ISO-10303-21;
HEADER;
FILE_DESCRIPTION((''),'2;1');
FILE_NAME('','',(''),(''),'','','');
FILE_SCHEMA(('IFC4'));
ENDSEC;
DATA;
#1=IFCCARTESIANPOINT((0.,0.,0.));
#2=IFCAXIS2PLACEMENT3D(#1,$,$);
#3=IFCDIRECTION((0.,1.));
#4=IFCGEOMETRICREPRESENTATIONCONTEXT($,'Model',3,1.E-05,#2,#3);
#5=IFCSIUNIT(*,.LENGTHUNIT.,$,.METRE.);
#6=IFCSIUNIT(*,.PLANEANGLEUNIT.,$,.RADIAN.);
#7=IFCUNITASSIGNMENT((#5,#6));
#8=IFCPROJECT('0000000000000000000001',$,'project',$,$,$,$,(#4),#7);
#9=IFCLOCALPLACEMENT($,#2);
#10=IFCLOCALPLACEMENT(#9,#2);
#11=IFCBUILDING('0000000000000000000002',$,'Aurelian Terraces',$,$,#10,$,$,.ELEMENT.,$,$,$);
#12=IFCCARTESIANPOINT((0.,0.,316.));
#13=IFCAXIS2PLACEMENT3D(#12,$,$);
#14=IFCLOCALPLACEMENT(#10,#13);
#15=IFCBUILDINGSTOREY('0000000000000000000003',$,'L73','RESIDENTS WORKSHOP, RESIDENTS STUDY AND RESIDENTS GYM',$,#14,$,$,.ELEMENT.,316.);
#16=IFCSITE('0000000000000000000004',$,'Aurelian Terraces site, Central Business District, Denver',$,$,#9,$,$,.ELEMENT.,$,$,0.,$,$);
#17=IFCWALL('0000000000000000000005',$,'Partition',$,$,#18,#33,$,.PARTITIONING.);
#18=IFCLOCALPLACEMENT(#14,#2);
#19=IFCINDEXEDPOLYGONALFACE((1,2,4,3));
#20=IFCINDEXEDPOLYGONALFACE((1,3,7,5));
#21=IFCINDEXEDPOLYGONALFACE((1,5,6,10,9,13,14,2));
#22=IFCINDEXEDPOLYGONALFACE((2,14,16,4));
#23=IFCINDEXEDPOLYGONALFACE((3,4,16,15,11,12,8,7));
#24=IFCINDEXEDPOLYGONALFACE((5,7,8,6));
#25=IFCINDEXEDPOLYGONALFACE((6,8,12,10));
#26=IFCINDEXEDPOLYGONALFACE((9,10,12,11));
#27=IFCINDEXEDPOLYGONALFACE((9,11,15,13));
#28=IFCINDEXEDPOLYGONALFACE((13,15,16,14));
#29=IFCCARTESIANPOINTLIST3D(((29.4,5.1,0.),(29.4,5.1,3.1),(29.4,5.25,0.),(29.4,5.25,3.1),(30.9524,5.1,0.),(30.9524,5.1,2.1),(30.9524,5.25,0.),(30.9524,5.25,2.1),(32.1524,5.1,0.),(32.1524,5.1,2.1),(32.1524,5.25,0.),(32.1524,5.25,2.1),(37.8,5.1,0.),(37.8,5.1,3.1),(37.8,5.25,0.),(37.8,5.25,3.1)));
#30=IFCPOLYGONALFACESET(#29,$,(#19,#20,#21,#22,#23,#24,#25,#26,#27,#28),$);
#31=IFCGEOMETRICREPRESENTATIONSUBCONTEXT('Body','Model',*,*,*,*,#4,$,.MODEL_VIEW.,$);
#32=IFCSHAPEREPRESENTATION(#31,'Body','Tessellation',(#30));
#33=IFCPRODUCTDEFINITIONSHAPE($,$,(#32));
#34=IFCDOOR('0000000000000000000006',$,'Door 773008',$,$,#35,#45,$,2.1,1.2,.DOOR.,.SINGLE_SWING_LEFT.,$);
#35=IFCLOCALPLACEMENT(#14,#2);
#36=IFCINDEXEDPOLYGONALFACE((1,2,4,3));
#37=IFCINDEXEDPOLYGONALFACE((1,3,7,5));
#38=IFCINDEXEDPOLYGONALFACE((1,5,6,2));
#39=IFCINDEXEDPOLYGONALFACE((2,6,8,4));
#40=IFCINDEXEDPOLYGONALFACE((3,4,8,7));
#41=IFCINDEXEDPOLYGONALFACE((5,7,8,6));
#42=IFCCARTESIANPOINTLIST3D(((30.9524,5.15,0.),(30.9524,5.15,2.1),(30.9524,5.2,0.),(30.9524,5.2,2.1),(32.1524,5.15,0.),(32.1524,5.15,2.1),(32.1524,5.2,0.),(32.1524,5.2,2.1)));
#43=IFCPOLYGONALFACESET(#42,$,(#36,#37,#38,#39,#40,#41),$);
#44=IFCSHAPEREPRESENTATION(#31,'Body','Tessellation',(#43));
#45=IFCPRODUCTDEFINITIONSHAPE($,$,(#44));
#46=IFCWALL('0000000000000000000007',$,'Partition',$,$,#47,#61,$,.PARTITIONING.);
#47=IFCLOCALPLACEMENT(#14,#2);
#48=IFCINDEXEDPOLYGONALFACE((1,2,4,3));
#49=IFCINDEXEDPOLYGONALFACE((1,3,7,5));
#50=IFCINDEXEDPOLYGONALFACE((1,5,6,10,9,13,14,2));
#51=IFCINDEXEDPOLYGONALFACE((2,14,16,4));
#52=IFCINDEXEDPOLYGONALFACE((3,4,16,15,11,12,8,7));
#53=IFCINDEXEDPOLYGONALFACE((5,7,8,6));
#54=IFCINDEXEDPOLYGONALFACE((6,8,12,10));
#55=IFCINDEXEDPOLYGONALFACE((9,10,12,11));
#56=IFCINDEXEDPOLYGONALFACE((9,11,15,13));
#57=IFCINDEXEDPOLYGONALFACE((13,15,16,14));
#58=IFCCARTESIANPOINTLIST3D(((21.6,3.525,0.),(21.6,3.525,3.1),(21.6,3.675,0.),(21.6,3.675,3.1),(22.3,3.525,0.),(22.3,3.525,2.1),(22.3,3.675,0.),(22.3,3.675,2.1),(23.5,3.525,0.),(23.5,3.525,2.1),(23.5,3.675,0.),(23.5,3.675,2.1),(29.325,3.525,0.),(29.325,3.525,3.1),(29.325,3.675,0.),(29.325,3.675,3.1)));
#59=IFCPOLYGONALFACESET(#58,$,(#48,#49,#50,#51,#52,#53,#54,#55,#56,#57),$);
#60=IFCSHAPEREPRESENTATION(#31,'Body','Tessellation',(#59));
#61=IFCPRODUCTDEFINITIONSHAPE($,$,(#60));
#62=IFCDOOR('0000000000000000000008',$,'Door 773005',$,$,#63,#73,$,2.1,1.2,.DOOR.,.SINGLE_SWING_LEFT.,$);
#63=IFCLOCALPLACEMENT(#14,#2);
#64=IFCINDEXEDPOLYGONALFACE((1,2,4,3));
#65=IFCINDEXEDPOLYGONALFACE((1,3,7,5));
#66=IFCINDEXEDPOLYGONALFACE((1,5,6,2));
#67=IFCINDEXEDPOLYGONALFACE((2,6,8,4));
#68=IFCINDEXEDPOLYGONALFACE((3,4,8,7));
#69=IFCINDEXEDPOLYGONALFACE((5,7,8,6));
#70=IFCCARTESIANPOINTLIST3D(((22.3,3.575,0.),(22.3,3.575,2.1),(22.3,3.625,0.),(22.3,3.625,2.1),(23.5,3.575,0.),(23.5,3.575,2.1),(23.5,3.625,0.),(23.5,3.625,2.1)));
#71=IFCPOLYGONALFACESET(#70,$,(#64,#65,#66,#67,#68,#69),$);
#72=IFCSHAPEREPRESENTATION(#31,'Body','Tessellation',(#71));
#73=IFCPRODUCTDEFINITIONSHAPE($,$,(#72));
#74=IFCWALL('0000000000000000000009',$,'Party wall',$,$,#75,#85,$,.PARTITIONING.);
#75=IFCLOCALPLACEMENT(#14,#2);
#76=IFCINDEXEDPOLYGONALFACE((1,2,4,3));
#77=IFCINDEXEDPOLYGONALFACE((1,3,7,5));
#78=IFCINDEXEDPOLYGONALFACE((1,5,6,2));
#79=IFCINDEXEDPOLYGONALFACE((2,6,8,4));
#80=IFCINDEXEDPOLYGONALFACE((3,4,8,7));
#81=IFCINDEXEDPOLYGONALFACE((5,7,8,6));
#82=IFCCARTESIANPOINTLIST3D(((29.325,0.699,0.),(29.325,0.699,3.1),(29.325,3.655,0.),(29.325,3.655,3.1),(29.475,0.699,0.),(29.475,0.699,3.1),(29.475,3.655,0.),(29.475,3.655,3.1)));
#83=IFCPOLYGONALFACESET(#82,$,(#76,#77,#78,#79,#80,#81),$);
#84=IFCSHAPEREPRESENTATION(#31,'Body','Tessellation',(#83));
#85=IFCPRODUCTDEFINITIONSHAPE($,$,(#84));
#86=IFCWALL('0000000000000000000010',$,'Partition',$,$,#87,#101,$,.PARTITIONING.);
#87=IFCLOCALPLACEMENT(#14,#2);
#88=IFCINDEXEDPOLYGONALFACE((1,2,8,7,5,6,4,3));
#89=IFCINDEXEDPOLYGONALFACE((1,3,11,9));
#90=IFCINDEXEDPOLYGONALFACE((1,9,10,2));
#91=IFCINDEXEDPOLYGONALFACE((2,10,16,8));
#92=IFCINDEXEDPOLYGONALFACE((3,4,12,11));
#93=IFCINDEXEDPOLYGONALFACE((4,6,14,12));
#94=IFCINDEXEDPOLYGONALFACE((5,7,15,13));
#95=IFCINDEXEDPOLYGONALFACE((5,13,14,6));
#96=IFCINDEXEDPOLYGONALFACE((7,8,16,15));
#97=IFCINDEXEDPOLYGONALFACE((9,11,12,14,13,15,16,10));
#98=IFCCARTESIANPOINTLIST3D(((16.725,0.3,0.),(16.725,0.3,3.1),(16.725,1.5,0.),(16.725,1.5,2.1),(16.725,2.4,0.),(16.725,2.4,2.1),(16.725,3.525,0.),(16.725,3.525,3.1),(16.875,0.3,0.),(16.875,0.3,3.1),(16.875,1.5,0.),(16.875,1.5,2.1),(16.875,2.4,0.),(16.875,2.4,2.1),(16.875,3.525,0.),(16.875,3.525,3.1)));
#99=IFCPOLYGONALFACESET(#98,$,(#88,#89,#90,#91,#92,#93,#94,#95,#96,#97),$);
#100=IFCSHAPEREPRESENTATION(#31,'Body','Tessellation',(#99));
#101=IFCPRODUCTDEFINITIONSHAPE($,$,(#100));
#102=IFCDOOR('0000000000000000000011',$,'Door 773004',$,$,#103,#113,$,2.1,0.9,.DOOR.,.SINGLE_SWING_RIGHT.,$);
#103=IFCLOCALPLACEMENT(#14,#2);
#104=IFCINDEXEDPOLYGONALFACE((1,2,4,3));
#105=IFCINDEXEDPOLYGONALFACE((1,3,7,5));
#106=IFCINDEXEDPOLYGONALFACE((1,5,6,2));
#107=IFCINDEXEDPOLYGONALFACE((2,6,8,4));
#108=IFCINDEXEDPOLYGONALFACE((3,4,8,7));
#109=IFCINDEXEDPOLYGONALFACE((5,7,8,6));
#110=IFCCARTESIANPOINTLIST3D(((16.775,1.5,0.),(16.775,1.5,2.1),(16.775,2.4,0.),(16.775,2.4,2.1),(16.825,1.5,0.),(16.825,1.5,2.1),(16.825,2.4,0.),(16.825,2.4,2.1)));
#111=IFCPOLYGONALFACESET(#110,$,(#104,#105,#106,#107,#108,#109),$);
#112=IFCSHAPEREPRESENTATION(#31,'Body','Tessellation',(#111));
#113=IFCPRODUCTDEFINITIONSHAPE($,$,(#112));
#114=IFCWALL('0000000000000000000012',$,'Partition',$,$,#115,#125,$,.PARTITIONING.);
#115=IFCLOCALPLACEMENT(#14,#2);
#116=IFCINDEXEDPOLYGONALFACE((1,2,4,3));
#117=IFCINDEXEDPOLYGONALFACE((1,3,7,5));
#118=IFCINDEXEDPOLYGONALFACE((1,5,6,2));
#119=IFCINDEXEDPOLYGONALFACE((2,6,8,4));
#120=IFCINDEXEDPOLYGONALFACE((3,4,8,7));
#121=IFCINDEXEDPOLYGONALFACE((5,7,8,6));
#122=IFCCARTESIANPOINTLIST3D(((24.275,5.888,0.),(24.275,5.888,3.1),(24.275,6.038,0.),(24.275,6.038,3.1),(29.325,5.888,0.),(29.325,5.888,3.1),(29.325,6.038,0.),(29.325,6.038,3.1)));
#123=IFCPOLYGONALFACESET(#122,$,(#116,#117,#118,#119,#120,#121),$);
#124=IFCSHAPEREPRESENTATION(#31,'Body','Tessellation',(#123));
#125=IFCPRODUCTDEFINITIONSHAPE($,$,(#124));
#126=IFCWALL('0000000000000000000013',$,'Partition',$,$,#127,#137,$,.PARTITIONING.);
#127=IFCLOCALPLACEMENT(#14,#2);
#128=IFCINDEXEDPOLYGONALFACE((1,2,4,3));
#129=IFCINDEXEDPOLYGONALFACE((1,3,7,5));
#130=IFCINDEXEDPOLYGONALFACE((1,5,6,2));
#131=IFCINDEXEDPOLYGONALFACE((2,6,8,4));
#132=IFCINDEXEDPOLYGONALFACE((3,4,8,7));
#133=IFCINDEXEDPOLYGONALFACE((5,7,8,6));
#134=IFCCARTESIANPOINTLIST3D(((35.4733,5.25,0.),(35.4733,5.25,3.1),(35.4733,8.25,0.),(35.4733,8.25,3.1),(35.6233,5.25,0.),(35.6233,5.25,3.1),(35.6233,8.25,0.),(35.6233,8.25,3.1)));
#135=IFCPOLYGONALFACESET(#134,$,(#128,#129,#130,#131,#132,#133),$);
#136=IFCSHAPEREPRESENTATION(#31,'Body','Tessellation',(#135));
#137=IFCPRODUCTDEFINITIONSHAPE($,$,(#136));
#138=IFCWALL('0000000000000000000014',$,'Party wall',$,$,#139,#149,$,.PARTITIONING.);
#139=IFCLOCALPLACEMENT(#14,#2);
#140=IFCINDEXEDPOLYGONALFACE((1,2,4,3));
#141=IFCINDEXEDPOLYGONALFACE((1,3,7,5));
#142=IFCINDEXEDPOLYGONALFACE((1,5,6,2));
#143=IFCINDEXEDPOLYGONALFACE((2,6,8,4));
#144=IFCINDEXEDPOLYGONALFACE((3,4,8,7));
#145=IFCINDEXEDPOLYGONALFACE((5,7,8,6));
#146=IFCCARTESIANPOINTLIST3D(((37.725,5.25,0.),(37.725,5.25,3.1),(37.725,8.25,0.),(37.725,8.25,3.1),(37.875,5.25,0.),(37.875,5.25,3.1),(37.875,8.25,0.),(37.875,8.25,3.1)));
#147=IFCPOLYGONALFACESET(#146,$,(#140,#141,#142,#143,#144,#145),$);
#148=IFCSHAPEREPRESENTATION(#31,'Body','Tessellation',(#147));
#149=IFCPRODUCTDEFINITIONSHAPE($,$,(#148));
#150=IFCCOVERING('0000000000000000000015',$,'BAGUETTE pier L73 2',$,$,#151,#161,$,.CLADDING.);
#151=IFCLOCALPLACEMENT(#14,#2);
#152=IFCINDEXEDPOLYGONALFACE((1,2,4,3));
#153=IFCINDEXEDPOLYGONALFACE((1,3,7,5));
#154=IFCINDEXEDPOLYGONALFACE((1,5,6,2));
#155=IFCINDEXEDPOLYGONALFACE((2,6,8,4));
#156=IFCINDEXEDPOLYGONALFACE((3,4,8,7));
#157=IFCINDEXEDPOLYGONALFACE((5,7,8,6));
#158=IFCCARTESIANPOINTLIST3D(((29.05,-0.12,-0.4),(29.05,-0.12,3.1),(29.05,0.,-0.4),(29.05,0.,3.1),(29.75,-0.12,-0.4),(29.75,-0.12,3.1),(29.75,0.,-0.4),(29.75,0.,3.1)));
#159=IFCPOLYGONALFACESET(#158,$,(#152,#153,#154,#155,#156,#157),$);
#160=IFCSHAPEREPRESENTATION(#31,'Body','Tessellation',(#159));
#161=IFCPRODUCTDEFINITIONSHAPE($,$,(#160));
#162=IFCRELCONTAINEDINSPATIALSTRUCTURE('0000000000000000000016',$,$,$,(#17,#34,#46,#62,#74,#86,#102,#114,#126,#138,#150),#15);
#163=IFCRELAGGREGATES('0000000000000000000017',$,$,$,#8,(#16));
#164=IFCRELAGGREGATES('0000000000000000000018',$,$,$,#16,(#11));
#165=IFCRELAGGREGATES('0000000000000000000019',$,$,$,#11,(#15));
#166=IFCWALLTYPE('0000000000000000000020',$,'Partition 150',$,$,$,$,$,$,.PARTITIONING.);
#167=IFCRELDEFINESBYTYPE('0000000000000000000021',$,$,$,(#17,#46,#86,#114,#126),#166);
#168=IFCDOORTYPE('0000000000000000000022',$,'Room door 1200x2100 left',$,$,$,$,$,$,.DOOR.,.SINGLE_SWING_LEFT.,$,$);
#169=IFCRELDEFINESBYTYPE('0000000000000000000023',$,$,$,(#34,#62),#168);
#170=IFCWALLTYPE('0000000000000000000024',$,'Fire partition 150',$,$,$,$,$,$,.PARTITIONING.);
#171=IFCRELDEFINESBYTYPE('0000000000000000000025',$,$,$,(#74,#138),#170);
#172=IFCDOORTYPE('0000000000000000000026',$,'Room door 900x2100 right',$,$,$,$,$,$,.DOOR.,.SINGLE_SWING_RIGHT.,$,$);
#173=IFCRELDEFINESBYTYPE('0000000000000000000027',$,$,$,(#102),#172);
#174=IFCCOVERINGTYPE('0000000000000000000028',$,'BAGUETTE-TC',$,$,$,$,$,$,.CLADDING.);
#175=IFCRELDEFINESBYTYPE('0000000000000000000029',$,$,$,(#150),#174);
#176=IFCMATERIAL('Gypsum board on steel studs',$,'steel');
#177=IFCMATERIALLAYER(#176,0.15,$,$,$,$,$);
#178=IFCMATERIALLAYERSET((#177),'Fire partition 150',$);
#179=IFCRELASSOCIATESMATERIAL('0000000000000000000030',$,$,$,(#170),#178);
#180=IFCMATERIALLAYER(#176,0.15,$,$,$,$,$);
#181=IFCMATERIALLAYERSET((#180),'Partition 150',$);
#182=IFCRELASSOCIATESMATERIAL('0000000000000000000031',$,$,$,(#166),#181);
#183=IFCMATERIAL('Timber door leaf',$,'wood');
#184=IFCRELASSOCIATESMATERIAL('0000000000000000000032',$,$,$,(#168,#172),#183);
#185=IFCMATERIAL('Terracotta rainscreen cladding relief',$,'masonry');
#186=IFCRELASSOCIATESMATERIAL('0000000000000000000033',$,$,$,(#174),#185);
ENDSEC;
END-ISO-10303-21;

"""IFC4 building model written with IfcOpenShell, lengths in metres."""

from ifc_helpers import new_model, si_unit, direction, frame, frame_2d, origin, origin_2d, place, context, subcontext, project, spatial, rectangle, extrude, source, transform, mapped, material, layer, layer_set, type_object, element, fill, save


model = new_model("IFC4")

# Units and contexts
model_context = context("Model", 3, precision=1e-05, world=origin(), true_north=direction((0.0, 1.0)))
body_context = subcontext(model_context, "Body", "Model", "MODEL_VIEW")
ifc_project = project(units=[si_unit("LENGTHUNIT", "METRE"), si_unit("PLANEANGLEUNIT", "RADIAN")], contexts=[model_context])

# Site, building, storey
site_placement = place(None, origin())
site = spatial("IfcSite", under=ifc_project, at=site_placement, Name="Aurelian Terraces site, Central Business District, Denver", CompositionType="ELEMENT", RefElevation=0.0)
building_placement = place(site_placement, origin())
building = spatial("IfcBuilding", under=site, at=building_placement, Name="Aurelian Terraces", CompositionType="ELEMENT")
storey_placement = place(building_placement, frame((0.0, 0.0, 316.0)))
storey = spatial("IfcBuildingStorey", under=building, at=storey_placement, Name="L73", Description="RESIDENTS WORKSHOP, RESIDENTS STUDY AND RESIDENTS GYM", CompositionType="ELEMENT", Elevation=316.0)

# Shared definitions
ifc_material_1 = material(Name="Gypsum board on steel studs", Category="steel")
ifc_layer_1 = layer(ifc_material_1, 0.15)
ifc_layer_set_1 = layer_set([ifc_layer_1], Name="Fire partition 150")
wall_type_1 = type_object("IfcWallType", Name="Fire partition 150", PredefinedType="PARTITIONING", material=ifc_layer_set_1)
ifc_layer_2 = layer(ifc_material_1, 0.15)
ifc_layer_set_2 = layer_set([ifc_layer_2], Name="Partition 150")
wall_type_2 = type_object("IfcWallType", Name="Partition 150", PredefinedType="PARTITIONING", material=ifc_layer_set_2)

# Walls, openings, doors
shared_shape_1 = source(origin(), body_context, "Body", "SweptSolid", [
    extrude(rectangle(XDim=8.4, YDim=0.15, at=frame_2d((4.2, 0.0))), origin(), (0.0, 0.0, 1.0), 3.1),
])
wall_1_placement = place(storey_placement, frame((37.8, 5.175, 0.0), z_axis=(0.0, 0.0, 1.0), x_axis=(-1.0, 0.0, 0.0)))
wall_1 = element("IfcWall", 1, at=wall_1_placement, inside=storey, type_object=wall_type_2, Name="Partition", PredefinedType="PARTITIONING", context=body_context, shape_type="MappedRepresentation", body=[
    mapped(shared_shape_1, transform((0.0, 0.0, 0.0), scale=1.0)),
])
shared_shape_2 = source(origin(), body_context, "Body", "SweptSolid", [
    extrude(rectangle(XDim=1.2, YDim=2.1, at=frame_2d((0.6, 1.05))), frame((0.0, 0.085, 0.0), z_axis=(0.0, -1.0, 0.0), x_axis=(1.0, 0.0, 0.0)), (0.0, 0.0, 1.0), 0.17),
])
opening_1_placement = place(wall_1_placement, frame((5.6476, 0.0, 0.0)))
opening_1 = element("IfcOpeningElement", 2, at=opening_1_placement, cuts=wall_1, PredefinedType="OPENING", context=body_context, shape_type="MappedRepresentation", body=[
    mapped(shared_shape_2, transform((0.0, 0.0, 0.0), scale=1.0)),
])
ifc_material_2 = material(Name="Timber door leaf", Category="wood")
door_type_1 = type_object("IfcDoorType", Name="Room door 1200x2100 left", OperationType="SINGLE_SWING_LEFT", PredefinedType="DOOR", material=ifc_material_2)
shared_shape_3 = source(origin(), body_context, "Body", "SweptSolid", [
    extrude(rectangle(XDim=1.2, YDim=2.1, at=frame_2d((0.6, 1.05))), frame((0.0, 0.025, 0.0), z_axis=(0.0, -1.0, 0.0), x_axis=(1.0, 0.0, 0.0)), (0.0, 0.0, 1.0), 0.05),
])
door_1_placement = place(opening_1_placement, origin())
door_1 = element("IfcDoor", 3, at=door_1_placement, inside=storey, type_object=door_type_1, Name="Door 773008", OperationType="SINGLE_SWING_LEFT", OverallHeight=2.1, OverallWidth=1.2, PredefinedType="DOOR", context=body_context, shape_type="MappedRepresentation", body=[
    mapped(shared_shape_3, transform((0.0, 0.0, 0.0), scale=1.0)),
])
fill(opening_1, door_1)
shared_shape_4 = source(origin(), body_context, "Body", "SweptSolid", [
    extrude(rectangle(XDim=7.725, YDim=0.15, at=frame_2d((3.8625, 0.0))), origin(), (0.0, 0.0, 1.0), 3.1),
])
wall_2_placement = place(storey_placement, frame((21.6, 3.6, 0.0), z_axis=(0.0, 0.0, 1.0), x_axis=(1.0, 0.0, 0.0)))
wall_2 = element("IfcWall", 4, at=wall_2_placement, inside=storey, type_object=wall_type_2, Name="Partition", PredefinedType="PARTITIONING", context=body_context, shape_type="MappedRepresentation", body=[
    mapped(shared_shape_4, transform((0.0, 0.0, 0.0), scale=1.0)),
])
opening_2_placement = place(wall_2_placement, frame((0.7, 0.0, 0.0)))
opening_2 = element("IfcOpeningElement", 5, at=opening_2_placement, cuts=wall_2, PredefinedType="OPENING", context=body_context, shape_type="MappedRepresentation", body=[
    mapped(shared_shape_2, transform((0.0, 0.0, 0.0), scale=1.0)),
])
door_2_placement = place(opening_2_placement, origin())
door_2 = element("IfcDoor", 6, at=door_2_placement, inside=storey, type_object=door_type_1, Name="Door 773005", OperationType="SINGLE_SWING_LEFT", OverallHeight=2.1, OverallWidth=1.2, PredefinedType="DOOR", context=body_context, shape_type="MappedRepresentation", body=[
    mapped(shared_shape_3, transform((0.0, 0.0, 0.0), scale=1.0)),
])
fill(opening_2, door_2)

# Wall
shared_shape_5 = source(origin(), body_context, "Body", "SweptSolid", [
    extrude(rectangle(XDim=2.956, YDim=0.15, at=frame_2d((1.478, 0.0))), origin(), (0.0, 0.0, 1.0), 3.1),
])
wall_3_placement = place(storey_placement, frame((29.4, 0.699, 0.0), z_axis=(0.0, 0.0, 1.0), x_axis=(0.0, 1.0, 0.0)))
element("IfcWall", 7, at=wall_3_placement, inside=storey, type_object=wall_type_1, Name="Party wall", PredefinedType="PARTITIONING", context=body_context, shape_type="MappedRepresentation", body=[
    mapped(shared_shape_5, transform((0.0, 0.0, 0.0), scale=1.0)),
])

# Wall, opening, door
shared_shape_6 = source(origin(), body_context, "Body", "SweptSolid", [
    extrude(rectangle(XDim=3.225, YDim=0.15, at=frame_2d((1.6125, 0.0))), origin(), (0.0, 0.0, 1.0), 3.1),
])
wall_4_placement = place(storey_placement, frame((16.8, 3.525, 0.0), z_axis=(0.0, 0.0, 1.0), x_axis=(0.0, -1.0, 0.0)))
wall_4 = element("IfcWall", 8, at=wall_4_placement, inside=storey, type_object=wall_type_2, Name="Partition", PredefinedType="PARTITIONING", context=body_context, shape_type="MappedRepresentation", body=[
    mapped(shared_shape_6, transform((0.0, 0.0, 0.0), scale=1.0)),
])
shared_shape_7 = source(origin(), body_context, "Body", "SweptSolid", [
    extrude(rectangle(XDim=0.9, YDim=2.1, at=frame_2d((0.45, 1.05))), frame((0.0, 0.085, 0.0), z_axis=(0.0, -1.0, 0.0), x_axis=(1.0, 0.0, 0.0)), (0.0, 0.0, 1.0), 0.17),
])
opening_3_placement = place(wall_4_placement, frame((1.125, 0.0, 0.0)))
opening_3 = element("IfcOpeningElement", 9, at=opening_3_placement, cuts=wall_4, PredefinedType="OPENING", context=body_context, shape_type="MappedRepresentation", body=[
    mapped(shared_shape_7, transform((0.0, 0.0, 0.0), scale=1.0)),
])
door_type_2 = type_object("IfcDoorType", Name="Room door 900x2100 right", OperationType="SINGLE_SWING_RIGHT", PredefinedType="DOOR", material=ifc_material_2)
shared_shape_8 = source(origin(), body_context, "Body", "SweptSolid", [
    extrude(rectangle(XDim=0.9, YDim=2.1, at=frame_2d((0.45, 1.05))), frame((0.0, 0.025, 0.0), z_axis=(0.0, -1.0, 0.0), x_axis=(1.0, 0.0, 0.0)), (0.0, 0.0, 1.0), 0.05),
])
door_3_placement = place(opening_3_placement, origin())
door_3 = element("IfcDoor", 10, at=door_3_placement, inside=storey, type_object=door_type_2, Name="Door 773004", OperationType="SINGLE_SWING_RIGHT", OverallHeight=2.1, OverallWidth=0.9, PredefinedType="DOOR", context=body_context, shape_type="MappedRepresentation", body=[
    mapped(shared_shape_8, transform((0.0, 0.0, 0.0), scale=1.0)),
])
fill(opening_3, door_3)

# Walls
shared_shape_9 = source(origin(), body_context, "Body", "SweptSolid", [
    extrude(rectangle(XDim=5.05, YDim=0.15, at=frame_2d((2.525, 0.0))), origin(), (0.0, 0.0, 1.0), 3.1),
])
wall_5_placement = place(storey_placement, frame((29.325, 5.963, 0.0), z_axis=(0.0, 0.0, 1.0), x_axis=(-1.0, 0.0, 0.0)))
element("IfcWall", 11, at=wall_5_placement, inside=storey, type_object=wall_type_2, Name="Partition", PredefinedType="PARTITIONING", context=body_context, shape_type="MappedRepresentation", body=[
    mapped(shared_shape_9, transform((0.0, 0.0, 0.0), scale=1.0)),
])
shared_shape_10 = source(origin(), body_context, "Body", "SweptSolid", [
    extrude(rectangle(XDim=3.0, YDim=0.15, at=frame_2d((1.5, 0.0))), origin(), (0.0, 0.0, 1.0), 3.1),
])
wall_6_placement = place(storey_placement, frame((35.5483, 5.25, 0.0), z_axis=(0.0, 0.0, 1.0), x_axis=(0.0, 1.0, 0.0)))
element("IfcWall", 12, at=wall_6_placement, inside=storey, type_object=wall_type_2, Name="Partition", PredefinedType="PARTITIONING", context=body_context, shape_type="MappedRepresentation", body=[
    mapped(shared_shape_10, transform((0.0, 0.0, 0.0), scale=1.0)),
])
wall_7_placement = place(storey_placement, frame((37.8, 5.25, 0.0), z_axis=(0.0, 0.0, 1.0), x_axis=(0.0, 1.0, 0.0)))
element("IfcWall", 13, at=wall_7_placement, inside=storey, type_object=wall_type_1, Name="Party wall", PredefinedType="PARTITIONING", context=body_context, shape_type="MappedRepresentation", body=[
    mapped(shared_shape_10, transform((0.0, 0.0, 0.0), scale=1.0)),
])

# Covering
ifc_material_3 = material(Name="Terracotta rainscreen cladding relief", Category="masonry")
covering_type = type_object("IfcCoveringType", Name="BAGUETTE-TC", PredefinedType="CLADDING", material=ifc_material_3)
shared_shape_11 = source(origin(), body_context, "Body", "SweptSolid", [
    extrude(rectangle(XDim=0.7, YDim=0.12, at=origin_2d()), origin(), (0.0, 0.0, 1.0), 3.5),
])
covering_placement = place(storey_placement, frame((29.4, -0.06, -0.4), z_axis=(0.0, 0.0, 1.0), x_axis=(1.0, 0.0, 0.0)))
element("IfcCovering", 14, at=covering_placement, inside=storey, type_object=covering_type, Name="BAGUETTE pier L73 2", PredefinedType="CLADDING", context=body_context, shape_type="MappedRepresentation", body=[
    mapped(shared_shape_11, transform((0.0, 0.0, 0.0), scale=1.0)),
])

save(model, "model.ifc")
